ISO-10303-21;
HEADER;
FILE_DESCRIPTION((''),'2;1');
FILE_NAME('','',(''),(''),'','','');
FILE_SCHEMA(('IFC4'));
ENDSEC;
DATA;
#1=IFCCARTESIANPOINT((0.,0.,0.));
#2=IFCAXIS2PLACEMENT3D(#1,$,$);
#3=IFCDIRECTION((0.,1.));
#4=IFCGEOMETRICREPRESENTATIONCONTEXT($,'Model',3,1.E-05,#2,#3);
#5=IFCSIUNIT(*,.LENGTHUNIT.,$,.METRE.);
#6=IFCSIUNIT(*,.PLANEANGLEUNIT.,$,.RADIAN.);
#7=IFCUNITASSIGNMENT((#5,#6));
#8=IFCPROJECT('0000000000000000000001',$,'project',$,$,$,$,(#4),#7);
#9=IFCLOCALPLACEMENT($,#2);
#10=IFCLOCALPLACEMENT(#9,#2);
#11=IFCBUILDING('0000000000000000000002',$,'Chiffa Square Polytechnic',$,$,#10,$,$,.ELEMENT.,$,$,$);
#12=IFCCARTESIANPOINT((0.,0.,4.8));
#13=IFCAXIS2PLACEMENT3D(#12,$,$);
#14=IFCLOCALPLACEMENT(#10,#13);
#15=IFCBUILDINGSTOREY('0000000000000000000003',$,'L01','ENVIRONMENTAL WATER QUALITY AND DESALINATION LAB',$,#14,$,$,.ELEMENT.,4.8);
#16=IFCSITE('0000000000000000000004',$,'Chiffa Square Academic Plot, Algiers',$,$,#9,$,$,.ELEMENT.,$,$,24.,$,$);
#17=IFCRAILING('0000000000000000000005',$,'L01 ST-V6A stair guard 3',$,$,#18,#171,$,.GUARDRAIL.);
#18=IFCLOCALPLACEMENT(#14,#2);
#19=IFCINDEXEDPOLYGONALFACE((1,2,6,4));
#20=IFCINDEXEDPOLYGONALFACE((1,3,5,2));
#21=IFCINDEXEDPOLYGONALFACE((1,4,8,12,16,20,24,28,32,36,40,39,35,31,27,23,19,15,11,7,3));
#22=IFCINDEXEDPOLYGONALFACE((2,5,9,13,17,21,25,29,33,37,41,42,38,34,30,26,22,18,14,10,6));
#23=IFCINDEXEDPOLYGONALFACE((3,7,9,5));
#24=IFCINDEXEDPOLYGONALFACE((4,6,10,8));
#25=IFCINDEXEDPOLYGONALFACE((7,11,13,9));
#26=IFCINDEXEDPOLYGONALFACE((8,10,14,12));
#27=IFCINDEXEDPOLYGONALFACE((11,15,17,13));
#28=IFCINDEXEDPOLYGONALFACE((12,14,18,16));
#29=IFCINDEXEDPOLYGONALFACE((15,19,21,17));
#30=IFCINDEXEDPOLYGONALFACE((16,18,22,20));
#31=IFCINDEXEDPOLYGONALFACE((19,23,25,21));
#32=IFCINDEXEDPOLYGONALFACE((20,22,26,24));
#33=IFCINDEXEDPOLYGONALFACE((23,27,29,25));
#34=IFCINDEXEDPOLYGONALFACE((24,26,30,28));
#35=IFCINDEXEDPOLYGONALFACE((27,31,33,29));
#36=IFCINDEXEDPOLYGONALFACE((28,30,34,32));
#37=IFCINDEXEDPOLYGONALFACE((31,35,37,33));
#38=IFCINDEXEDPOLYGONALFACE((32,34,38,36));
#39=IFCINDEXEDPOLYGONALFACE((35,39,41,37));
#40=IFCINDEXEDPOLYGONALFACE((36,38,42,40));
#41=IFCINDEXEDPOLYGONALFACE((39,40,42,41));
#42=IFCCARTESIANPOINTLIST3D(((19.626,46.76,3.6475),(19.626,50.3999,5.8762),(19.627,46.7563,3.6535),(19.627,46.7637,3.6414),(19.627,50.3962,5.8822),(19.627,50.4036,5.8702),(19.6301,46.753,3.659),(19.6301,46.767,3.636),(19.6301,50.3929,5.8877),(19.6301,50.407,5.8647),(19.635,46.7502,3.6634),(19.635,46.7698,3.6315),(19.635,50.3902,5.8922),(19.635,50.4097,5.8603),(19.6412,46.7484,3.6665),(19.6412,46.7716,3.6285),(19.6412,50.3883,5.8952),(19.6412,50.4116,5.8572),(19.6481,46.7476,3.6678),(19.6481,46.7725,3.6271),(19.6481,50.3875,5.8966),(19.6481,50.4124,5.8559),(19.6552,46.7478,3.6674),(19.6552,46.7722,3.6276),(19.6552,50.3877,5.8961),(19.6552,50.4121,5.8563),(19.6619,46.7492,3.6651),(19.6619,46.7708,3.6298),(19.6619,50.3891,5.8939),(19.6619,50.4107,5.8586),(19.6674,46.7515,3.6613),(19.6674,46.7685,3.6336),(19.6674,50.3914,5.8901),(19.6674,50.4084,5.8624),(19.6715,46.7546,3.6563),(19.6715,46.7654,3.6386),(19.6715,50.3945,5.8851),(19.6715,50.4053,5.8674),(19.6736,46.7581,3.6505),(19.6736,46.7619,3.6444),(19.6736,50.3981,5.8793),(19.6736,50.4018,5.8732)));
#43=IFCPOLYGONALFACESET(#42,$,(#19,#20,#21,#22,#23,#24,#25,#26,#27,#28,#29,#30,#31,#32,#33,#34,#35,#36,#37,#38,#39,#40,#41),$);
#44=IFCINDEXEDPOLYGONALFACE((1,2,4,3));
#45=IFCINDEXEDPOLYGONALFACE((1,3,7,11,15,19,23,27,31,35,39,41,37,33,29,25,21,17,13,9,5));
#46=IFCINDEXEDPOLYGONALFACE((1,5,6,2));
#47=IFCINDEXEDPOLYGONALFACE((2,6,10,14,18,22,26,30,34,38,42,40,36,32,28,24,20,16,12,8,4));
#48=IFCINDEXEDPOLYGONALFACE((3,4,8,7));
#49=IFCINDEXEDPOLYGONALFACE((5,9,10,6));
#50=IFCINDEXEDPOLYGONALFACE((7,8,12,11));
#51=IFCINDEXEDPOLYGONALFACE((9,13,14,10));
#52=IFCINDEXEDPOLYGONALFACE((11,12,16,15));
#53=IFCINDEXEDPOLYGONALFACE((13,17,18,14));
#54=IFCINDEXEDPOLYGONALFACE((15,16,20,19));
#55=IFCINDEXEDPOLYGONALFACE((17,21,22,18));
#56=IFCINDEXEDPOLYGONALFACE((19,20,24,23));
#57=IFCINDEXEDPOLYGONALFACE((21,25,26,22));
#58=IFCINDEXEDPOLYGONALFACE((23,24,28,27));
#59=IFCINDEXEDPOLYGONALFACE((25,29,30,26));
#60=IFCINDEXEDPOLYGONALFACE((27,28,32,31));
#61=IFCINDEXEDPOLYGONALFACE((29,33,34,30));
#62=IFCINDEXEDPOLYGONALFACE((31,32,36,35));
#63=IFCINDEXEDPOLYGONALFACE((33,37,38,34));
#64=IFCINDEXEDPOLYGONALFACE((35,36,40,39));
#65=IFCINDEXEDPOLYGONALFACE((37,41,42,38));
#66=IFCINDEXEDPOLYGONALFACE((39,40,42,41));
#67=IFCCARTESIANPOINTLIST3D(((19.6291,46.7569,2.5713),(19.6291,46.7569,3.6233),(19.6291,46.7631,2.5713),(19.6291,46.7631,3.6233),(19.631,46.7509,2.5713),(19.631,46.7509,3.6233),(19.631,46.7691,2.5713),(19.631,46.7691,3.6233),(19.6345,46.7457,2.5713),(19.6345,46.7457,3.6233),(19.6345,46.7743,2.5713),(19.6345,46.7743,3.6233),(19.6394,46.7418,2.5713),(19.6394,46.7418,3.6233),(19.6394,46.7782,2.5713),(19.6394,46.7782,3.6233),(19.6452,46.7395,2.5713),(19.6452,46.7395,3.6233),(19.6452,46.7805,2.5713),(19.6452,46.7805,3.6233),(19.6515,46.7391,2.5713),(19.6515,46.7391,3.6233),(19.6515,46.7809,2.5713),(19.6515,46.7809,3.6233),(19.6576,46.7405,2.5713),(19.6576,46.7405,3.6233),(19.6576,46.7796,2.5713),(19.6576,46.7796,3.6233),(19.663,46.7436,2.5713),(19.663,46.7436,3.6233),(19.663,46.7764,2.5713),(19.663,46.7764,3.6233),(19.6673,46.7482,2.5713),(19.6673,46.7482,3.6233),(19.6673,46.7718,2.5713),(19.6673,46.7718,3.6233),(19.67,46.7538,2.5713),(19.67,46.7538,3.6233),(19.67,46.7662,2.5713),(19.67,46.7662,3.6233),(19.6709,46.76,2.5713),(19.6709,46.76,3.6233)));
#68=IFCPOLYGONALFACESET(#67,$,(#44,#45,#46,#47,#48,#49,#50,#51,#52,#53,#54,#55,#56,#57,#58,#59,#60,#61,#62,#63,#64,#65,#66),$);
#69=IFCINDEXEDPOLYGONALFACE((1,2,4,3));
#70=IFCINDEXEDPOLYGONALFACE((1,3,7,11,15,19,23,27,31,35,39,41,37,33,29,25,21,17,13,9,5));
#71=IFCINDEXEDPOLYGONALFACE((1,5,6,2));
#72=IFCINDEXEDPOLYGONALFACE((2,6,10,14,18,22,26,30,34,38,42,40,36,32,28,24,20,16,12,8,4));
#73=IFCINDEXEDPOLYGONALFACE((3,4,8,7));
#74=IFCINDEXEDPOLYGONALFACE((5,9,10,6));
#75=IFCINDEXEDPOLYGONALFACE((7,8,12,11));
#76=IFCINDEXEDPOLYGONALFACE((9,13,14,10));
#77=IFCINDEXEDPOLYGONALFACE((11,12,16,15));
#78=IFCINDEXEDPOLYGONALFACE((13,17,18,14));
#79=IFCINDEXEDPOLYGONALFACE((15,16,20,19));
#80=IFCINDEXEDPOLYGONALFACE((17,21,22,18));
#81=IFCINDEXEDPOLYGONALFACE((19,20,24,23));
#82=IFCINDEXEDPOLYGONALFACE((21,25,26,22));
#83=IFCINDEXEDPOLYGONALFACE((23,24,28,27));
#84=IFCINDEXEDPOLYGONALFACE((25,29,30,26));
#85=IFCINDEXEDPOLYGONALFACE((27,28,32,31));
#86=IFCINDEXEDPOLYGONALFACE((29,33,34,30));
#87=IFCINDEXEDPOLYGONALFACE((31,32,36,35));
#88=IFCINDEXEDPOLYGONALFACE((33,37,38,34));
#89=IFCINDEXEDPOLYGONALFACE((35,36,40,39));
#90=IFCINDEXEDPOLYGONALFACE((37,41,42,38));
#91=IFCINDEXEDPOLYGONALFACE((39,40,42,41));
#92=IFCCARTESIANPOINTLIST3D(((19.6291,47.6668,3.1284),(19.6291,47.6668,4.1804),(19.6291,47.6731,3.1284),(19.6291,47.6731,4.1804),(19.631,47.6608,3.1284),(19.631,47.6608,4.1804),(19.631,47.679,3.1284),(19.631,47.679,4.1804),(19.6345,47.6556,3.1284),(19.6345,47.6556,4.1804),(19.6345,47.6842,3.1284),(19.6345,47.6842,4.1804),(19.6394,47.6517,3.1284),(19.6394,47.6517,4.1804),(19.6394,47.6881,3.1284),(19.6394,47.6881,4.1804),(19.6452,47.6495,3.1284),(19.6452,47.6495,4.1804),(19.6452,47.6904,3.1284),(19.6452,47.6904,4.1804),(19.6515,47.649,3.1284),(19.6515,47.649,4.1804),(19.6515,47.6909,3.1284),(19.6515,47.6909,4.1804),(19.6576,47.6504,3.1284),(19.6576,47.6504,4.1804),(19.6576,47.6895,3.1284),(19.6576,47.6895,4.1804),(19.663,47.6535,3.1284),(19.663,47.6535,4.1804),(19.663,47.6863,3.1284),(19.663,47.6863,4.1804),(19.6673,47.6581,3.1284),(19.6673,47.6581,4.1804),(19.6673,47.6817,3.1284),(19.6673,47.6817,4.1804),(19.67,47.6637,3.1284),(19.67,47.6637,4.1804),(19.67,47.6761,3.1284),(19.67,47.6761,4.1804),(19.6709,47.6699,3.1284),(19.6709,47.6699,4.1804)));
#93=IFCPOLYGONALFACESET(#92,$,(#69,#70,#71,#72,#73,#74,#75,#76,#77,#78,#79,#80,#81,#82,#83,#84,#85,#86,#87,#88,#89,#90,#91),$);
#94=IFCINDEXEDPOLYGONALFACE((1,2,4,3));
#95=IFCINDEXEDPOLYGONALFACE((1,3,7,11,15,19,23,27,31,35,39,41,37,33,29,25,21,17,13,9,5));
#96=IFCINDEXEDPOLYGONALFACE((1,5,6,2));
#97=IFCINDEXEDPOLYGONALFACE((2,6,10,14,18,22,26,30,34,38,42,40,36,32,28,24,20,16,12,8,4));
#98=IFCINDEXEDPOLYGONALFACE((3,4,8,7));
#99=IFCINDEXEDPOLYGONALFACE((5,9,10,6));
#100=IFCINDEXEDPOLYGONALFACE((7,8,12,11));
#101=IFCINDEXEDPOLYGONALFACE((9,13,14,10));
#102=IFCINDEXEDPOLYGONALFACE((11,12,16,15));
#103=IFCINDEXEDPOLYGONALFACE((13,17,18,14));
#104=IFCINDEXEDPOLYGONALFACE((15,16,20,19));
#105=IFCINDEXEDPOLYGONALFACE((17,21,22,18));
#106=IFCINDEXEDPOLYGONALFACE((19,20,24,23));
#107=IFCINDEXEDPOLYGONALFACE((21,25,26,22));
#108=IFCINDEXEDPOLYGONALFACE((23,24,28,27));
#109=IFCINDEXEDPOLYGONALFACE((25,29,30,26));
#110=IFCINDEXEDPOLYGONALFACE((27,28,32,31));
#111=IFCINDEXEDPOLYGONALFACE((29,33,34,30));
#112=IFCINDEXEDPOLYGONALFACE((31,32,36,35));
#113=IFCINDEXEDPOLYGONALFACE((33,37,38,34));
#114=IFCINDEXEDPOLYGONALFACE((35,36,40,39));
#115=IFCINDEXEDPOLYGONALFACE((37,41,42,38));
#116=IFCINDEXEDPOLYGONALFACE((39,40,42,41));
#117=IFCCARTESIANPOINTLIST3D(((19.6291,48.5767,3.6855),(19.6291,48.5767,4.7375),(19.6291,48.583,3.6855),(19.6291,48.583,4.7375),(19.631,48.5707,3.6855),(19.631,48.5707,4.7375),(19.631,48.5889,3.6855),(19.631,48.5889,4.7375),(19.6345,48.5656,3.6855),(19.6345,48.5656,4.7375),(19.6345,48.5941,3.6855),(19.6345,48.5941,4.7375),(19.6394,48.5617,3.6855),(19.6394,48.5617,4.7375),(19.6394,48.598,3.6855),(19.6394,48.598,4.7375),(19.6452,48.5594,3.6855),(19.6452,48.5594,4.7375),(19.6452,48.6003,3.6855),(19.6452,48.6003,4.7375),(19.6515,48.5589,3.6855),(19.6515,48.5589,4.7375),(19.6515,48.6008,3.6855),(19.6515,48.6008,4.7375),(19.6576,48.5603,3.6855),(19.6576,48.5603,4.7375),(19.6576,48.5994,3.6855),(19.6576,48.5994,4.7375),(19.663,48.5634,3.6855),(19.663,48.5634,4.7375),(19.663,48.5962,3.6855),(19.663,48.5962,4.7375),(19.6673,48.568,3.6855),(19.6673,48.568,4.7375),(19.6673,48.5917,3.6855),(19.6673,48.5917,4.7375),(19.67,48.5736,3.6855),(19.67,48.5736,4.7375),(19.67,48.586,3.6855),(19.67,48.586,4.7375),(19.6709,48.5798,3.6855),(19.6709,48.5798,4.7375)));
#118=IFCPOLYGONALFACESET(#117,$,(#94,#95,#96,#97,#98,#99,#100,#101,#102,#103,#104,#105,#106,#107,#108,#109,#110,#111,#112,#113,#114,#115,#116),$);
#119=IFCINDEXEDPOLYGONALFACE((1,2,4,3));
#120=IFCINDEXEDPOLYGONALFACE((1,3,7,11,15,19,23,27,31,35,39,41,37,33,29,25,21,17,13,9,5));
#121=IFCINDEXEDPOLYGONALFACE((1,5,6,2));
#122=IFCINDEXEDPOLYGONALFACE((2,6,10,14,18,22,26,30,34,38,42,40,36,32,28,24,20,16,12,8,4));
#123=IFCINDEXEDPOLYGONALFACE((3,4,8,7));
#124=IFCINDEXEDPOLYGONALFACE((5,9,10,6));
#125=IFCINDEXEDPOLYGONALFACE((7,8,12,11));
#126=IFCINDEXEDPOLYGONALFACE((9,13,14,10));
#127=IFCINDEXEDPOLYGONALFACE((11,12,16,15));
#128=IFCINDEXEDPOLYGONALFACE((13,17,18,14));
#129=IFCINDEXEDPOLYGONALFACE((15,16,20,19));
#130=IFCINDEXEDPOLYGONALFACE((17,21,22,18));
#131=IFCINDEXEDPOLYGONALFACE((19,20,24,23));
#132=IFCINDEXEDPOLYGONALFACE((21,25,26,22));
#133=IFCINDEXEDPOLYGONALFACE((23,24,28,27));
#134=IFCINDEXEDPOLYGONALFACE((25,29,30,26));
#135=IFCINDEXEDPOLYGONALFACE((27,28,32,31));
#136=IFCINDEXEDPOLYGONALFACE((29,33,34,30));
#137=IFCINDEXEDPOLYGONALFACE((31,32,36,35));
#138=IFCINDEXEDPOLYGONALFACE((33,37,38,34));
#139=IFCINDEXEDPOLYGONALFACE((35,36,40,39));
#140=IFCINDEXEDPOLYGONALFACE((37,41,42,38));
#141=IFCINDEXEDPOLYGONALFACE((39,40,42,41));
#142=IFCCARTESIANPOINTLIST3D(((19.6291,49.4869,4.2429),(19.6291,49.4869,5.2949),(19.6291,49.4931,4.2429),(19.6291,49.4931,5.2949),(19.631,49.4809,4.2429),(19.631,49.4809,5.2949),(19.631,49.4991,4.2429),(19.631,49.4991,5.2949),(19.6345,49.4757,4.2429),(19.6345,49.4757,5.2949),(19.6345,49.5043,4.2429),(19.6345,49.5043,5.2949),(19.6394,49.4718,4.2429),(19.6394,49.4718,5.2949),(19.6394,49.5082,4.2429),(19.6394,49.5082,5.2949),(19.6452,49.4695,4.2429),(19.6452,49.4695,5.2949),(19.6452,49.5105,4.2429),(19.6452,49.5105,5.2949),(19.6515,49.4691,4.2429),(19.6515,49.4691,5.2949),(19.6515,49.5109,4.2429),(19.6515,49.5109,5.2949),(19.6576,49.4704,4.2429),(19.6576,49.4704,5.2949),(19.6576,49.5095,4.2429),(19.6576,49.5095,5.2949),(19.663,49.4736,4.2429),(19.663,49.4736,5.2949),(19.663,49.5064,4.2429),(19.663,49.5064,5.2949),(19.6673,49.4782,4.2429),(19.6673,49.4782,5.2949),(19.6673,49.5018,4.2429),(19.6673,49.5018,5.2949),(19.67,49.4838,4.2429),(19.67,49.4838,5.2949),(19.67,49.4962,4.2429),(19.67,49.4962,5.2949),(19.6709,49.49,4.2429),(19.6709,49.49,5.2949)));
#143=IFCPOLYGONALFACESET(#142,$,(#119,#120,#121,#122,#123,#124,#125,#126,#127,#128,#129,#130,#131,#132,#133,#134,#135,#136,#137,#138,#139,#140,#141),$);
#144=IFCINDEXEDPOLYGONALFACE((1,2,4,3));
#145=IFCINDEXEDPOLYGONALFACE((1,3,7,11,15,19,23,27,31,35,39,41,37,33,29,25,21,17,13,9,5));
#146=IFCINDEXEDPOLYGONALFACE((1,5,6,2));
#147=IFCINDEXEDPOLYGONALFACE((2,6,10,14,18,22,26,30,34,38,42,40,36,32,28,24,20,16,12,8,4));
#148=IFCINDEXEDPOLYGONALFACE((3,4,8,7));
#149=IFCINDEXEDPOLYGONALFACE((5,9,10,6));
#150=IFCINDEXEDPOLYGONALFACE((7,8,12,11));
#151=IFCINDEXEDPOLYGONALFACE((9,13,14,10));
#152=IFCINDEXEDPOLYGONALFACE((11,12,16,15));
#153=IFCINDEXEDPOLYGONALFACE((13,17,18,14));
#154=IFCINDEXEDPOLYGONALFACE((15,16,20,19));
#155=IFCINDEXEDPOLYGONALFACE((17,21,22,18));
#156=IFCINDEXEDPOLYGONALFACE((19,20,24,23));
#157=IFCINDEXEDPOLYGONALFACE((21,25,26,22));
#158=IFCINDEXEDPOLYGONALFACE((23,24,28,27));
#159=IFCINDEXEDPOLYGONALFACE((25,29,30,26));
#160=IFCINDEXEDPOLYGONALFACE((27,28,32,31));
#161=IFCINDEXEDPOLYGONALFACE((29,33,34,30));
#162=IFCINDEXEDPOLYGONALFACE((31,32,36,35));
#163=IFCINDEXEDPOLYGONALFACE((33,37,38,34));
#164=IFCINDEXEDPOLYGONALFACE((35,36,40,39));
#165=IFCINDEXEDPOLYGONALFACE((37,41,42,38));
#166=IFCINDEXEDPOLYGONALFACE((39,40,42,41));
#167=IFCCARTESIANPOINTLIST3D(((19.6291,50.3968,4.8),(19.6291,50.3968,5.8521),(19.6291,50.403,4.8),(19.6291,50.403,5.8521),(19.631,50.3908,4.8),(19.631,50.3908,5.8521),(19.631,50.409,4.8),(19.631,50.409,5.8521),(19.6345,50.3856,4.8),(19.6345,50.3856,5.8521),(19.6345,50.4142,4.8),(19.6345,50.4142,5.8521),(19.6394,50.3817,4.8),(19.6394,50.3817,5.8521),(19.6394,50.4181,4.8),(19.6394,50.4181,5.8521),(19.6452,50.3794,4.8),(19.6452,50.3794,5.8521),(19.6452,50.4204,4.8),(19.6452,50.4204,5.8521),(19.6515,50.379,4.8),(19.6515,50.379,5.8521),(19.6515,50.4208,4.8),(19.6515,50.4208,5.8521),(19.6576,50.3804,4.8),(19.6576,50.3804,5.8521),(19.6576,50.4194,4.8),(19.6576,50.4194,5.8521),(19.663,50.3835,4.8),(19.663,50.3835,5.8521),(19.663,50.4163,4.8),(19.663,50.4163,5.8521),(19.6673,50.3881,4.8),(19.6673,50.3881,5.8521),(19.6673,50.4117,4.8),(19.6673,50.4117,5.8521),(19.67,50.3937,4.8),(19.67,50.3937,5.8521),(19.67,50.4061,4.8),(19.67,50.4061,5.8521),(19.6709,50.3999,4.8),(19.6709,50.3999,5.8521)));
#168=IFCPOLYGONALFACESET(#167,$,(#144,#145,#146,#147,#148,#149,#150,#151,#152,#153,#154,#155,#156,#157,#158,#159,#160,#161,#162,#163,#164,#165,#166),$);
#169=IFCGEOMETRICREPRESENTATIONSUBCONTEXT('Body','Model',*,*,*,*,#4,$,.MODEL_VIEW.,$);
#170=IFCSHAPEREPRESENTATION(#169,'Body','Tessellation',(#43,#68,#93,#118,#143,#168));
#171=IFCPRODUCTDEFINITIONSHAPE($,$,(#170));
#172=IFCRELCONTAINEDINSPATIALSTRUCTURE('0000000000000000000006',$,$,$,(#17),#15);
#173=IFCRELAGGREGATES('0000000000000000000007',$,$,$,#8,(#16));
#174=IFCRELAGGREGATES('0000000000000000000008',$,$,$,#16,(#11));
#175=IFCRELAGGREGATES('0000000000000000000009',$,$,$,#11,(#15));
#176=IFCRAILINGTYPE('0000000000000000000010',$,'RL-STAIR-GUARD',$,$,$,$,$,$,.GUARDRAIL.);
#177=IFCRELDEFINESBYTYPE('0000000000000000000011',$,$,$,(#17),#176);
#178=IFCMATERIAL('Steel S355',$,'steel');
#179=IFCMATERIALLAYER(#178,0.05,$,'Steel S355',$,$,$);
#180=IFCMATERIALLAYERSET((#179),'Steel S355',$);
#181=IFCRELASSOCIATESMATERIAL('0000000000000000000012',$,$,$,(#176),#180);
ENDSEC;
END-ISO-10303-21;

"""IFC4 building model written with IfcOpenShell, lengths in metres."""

from ifc_helpers import new_model, si_unit, direction, frame, origin, origin_2d, place, context, subcontext, project, spatial, circle, extrude, material, layer, layer_set, type_object, element, save


model = new_model("IFC4")

# Units and contexts
model_context = context("Model", 3, precision=1e-05, world=origin(), true_north=direction((0.0, 1.0)))
body_context = subcontext(model_context, "Body", "Model", "MODEL_VIEW")
ifc_project = project(units=[si_unit("LENGTHUNIT", "METRE"), si_unit("PLANEANGLEUNIT", "RADIAN")], contexts=[model_context])

# Site, building, storey
site_placement = place(None, origin())
site = spatial("IfcSite", under=ifc_project, at=site_placement, Name="Chiffa Square Academic Plot, Algiers", CompositionType="ELEMENT", RefElevation=24.0)
building_placement = place(site_placement, origin())
building = spatial("IfcBuilding", under=site, at=building_placement, Name="Chiffa Square Polytechnic", CompositionType="ELEMENT")
storey_placement = place(building_placement, frame((0.0, 0.0, 4.8)))
storey = spatial("IfcBuildingStorey", under=building, at=storey_placement, Name="L01", Description="ENVIRONMENTAL WATER QUALITY AND DESALINATION LAB", CompositionType="ELEMENT", Elevation=4.8)

# Railing
ifc_material_1 = material(Name="Steel S355", Category="steel")
ifc_layer_1 = layer(ifc_material_1, 0.05, Name="Steel S355")
ifc_layer_set_1 = layer_set([ifc_layer_1], Name="Steel S355")
railing_type_1 = type_object("IfcRailingType", Name="RL-STAIR-GUARD", PredefinedType="GUARDRAIL", material=ifc_layer_set_1)
railing_1_placement = place(storey_placement, frame((19.6499, 46.76, 2.5713)))
element("IfcRailing", 1, at=railing_1_placement, inside=storey, type_object=railing_type_1, Name="L01 ST-V6A stair guard 3", PredefinedType="GUARDRAIL", context=body_context, shape_type="SweptSolid", body=[
    extrude(circle(Radius=0.0239, at=origin_2d()), frame((0.0, 0.0, 1.0762), z_axis=(0.0, 0.852825, 0.522197), x_axis=(-1.0, 0.0, 0.0)), (0.0, 0.0, 1.0), 4.2681),
    extrude(circle(Radius=0.021, at=origin_2d()), origin(), (0.0, 0.0, 1.0), 1.052),
    extrude(circle(Radius=0.021, at=origin_2d()), frame((0.0, 0.9099, 0.5571)), (0.0, 0.0, 1.0), 1.052),
    extrude(circle(Radius=0.021, at=origin_2d()), frame((0.0, 1.8198, 1.1143)), (0.0, 0.0, 1.0), 1.052),
    extrude(circle(Radius=0.021, at=origin_2d()), frame((0.0, 2.73, 1.6716)), (0.0, 0.0, 1.0), 1.052),
    extrude(circle(Radius=0.021, at=origin_2d()), frame((0.0, 3.6399, 2.2288)), (0.0, 0.0, 1.0), 1.052),
])

save(model, "model.ifc")
